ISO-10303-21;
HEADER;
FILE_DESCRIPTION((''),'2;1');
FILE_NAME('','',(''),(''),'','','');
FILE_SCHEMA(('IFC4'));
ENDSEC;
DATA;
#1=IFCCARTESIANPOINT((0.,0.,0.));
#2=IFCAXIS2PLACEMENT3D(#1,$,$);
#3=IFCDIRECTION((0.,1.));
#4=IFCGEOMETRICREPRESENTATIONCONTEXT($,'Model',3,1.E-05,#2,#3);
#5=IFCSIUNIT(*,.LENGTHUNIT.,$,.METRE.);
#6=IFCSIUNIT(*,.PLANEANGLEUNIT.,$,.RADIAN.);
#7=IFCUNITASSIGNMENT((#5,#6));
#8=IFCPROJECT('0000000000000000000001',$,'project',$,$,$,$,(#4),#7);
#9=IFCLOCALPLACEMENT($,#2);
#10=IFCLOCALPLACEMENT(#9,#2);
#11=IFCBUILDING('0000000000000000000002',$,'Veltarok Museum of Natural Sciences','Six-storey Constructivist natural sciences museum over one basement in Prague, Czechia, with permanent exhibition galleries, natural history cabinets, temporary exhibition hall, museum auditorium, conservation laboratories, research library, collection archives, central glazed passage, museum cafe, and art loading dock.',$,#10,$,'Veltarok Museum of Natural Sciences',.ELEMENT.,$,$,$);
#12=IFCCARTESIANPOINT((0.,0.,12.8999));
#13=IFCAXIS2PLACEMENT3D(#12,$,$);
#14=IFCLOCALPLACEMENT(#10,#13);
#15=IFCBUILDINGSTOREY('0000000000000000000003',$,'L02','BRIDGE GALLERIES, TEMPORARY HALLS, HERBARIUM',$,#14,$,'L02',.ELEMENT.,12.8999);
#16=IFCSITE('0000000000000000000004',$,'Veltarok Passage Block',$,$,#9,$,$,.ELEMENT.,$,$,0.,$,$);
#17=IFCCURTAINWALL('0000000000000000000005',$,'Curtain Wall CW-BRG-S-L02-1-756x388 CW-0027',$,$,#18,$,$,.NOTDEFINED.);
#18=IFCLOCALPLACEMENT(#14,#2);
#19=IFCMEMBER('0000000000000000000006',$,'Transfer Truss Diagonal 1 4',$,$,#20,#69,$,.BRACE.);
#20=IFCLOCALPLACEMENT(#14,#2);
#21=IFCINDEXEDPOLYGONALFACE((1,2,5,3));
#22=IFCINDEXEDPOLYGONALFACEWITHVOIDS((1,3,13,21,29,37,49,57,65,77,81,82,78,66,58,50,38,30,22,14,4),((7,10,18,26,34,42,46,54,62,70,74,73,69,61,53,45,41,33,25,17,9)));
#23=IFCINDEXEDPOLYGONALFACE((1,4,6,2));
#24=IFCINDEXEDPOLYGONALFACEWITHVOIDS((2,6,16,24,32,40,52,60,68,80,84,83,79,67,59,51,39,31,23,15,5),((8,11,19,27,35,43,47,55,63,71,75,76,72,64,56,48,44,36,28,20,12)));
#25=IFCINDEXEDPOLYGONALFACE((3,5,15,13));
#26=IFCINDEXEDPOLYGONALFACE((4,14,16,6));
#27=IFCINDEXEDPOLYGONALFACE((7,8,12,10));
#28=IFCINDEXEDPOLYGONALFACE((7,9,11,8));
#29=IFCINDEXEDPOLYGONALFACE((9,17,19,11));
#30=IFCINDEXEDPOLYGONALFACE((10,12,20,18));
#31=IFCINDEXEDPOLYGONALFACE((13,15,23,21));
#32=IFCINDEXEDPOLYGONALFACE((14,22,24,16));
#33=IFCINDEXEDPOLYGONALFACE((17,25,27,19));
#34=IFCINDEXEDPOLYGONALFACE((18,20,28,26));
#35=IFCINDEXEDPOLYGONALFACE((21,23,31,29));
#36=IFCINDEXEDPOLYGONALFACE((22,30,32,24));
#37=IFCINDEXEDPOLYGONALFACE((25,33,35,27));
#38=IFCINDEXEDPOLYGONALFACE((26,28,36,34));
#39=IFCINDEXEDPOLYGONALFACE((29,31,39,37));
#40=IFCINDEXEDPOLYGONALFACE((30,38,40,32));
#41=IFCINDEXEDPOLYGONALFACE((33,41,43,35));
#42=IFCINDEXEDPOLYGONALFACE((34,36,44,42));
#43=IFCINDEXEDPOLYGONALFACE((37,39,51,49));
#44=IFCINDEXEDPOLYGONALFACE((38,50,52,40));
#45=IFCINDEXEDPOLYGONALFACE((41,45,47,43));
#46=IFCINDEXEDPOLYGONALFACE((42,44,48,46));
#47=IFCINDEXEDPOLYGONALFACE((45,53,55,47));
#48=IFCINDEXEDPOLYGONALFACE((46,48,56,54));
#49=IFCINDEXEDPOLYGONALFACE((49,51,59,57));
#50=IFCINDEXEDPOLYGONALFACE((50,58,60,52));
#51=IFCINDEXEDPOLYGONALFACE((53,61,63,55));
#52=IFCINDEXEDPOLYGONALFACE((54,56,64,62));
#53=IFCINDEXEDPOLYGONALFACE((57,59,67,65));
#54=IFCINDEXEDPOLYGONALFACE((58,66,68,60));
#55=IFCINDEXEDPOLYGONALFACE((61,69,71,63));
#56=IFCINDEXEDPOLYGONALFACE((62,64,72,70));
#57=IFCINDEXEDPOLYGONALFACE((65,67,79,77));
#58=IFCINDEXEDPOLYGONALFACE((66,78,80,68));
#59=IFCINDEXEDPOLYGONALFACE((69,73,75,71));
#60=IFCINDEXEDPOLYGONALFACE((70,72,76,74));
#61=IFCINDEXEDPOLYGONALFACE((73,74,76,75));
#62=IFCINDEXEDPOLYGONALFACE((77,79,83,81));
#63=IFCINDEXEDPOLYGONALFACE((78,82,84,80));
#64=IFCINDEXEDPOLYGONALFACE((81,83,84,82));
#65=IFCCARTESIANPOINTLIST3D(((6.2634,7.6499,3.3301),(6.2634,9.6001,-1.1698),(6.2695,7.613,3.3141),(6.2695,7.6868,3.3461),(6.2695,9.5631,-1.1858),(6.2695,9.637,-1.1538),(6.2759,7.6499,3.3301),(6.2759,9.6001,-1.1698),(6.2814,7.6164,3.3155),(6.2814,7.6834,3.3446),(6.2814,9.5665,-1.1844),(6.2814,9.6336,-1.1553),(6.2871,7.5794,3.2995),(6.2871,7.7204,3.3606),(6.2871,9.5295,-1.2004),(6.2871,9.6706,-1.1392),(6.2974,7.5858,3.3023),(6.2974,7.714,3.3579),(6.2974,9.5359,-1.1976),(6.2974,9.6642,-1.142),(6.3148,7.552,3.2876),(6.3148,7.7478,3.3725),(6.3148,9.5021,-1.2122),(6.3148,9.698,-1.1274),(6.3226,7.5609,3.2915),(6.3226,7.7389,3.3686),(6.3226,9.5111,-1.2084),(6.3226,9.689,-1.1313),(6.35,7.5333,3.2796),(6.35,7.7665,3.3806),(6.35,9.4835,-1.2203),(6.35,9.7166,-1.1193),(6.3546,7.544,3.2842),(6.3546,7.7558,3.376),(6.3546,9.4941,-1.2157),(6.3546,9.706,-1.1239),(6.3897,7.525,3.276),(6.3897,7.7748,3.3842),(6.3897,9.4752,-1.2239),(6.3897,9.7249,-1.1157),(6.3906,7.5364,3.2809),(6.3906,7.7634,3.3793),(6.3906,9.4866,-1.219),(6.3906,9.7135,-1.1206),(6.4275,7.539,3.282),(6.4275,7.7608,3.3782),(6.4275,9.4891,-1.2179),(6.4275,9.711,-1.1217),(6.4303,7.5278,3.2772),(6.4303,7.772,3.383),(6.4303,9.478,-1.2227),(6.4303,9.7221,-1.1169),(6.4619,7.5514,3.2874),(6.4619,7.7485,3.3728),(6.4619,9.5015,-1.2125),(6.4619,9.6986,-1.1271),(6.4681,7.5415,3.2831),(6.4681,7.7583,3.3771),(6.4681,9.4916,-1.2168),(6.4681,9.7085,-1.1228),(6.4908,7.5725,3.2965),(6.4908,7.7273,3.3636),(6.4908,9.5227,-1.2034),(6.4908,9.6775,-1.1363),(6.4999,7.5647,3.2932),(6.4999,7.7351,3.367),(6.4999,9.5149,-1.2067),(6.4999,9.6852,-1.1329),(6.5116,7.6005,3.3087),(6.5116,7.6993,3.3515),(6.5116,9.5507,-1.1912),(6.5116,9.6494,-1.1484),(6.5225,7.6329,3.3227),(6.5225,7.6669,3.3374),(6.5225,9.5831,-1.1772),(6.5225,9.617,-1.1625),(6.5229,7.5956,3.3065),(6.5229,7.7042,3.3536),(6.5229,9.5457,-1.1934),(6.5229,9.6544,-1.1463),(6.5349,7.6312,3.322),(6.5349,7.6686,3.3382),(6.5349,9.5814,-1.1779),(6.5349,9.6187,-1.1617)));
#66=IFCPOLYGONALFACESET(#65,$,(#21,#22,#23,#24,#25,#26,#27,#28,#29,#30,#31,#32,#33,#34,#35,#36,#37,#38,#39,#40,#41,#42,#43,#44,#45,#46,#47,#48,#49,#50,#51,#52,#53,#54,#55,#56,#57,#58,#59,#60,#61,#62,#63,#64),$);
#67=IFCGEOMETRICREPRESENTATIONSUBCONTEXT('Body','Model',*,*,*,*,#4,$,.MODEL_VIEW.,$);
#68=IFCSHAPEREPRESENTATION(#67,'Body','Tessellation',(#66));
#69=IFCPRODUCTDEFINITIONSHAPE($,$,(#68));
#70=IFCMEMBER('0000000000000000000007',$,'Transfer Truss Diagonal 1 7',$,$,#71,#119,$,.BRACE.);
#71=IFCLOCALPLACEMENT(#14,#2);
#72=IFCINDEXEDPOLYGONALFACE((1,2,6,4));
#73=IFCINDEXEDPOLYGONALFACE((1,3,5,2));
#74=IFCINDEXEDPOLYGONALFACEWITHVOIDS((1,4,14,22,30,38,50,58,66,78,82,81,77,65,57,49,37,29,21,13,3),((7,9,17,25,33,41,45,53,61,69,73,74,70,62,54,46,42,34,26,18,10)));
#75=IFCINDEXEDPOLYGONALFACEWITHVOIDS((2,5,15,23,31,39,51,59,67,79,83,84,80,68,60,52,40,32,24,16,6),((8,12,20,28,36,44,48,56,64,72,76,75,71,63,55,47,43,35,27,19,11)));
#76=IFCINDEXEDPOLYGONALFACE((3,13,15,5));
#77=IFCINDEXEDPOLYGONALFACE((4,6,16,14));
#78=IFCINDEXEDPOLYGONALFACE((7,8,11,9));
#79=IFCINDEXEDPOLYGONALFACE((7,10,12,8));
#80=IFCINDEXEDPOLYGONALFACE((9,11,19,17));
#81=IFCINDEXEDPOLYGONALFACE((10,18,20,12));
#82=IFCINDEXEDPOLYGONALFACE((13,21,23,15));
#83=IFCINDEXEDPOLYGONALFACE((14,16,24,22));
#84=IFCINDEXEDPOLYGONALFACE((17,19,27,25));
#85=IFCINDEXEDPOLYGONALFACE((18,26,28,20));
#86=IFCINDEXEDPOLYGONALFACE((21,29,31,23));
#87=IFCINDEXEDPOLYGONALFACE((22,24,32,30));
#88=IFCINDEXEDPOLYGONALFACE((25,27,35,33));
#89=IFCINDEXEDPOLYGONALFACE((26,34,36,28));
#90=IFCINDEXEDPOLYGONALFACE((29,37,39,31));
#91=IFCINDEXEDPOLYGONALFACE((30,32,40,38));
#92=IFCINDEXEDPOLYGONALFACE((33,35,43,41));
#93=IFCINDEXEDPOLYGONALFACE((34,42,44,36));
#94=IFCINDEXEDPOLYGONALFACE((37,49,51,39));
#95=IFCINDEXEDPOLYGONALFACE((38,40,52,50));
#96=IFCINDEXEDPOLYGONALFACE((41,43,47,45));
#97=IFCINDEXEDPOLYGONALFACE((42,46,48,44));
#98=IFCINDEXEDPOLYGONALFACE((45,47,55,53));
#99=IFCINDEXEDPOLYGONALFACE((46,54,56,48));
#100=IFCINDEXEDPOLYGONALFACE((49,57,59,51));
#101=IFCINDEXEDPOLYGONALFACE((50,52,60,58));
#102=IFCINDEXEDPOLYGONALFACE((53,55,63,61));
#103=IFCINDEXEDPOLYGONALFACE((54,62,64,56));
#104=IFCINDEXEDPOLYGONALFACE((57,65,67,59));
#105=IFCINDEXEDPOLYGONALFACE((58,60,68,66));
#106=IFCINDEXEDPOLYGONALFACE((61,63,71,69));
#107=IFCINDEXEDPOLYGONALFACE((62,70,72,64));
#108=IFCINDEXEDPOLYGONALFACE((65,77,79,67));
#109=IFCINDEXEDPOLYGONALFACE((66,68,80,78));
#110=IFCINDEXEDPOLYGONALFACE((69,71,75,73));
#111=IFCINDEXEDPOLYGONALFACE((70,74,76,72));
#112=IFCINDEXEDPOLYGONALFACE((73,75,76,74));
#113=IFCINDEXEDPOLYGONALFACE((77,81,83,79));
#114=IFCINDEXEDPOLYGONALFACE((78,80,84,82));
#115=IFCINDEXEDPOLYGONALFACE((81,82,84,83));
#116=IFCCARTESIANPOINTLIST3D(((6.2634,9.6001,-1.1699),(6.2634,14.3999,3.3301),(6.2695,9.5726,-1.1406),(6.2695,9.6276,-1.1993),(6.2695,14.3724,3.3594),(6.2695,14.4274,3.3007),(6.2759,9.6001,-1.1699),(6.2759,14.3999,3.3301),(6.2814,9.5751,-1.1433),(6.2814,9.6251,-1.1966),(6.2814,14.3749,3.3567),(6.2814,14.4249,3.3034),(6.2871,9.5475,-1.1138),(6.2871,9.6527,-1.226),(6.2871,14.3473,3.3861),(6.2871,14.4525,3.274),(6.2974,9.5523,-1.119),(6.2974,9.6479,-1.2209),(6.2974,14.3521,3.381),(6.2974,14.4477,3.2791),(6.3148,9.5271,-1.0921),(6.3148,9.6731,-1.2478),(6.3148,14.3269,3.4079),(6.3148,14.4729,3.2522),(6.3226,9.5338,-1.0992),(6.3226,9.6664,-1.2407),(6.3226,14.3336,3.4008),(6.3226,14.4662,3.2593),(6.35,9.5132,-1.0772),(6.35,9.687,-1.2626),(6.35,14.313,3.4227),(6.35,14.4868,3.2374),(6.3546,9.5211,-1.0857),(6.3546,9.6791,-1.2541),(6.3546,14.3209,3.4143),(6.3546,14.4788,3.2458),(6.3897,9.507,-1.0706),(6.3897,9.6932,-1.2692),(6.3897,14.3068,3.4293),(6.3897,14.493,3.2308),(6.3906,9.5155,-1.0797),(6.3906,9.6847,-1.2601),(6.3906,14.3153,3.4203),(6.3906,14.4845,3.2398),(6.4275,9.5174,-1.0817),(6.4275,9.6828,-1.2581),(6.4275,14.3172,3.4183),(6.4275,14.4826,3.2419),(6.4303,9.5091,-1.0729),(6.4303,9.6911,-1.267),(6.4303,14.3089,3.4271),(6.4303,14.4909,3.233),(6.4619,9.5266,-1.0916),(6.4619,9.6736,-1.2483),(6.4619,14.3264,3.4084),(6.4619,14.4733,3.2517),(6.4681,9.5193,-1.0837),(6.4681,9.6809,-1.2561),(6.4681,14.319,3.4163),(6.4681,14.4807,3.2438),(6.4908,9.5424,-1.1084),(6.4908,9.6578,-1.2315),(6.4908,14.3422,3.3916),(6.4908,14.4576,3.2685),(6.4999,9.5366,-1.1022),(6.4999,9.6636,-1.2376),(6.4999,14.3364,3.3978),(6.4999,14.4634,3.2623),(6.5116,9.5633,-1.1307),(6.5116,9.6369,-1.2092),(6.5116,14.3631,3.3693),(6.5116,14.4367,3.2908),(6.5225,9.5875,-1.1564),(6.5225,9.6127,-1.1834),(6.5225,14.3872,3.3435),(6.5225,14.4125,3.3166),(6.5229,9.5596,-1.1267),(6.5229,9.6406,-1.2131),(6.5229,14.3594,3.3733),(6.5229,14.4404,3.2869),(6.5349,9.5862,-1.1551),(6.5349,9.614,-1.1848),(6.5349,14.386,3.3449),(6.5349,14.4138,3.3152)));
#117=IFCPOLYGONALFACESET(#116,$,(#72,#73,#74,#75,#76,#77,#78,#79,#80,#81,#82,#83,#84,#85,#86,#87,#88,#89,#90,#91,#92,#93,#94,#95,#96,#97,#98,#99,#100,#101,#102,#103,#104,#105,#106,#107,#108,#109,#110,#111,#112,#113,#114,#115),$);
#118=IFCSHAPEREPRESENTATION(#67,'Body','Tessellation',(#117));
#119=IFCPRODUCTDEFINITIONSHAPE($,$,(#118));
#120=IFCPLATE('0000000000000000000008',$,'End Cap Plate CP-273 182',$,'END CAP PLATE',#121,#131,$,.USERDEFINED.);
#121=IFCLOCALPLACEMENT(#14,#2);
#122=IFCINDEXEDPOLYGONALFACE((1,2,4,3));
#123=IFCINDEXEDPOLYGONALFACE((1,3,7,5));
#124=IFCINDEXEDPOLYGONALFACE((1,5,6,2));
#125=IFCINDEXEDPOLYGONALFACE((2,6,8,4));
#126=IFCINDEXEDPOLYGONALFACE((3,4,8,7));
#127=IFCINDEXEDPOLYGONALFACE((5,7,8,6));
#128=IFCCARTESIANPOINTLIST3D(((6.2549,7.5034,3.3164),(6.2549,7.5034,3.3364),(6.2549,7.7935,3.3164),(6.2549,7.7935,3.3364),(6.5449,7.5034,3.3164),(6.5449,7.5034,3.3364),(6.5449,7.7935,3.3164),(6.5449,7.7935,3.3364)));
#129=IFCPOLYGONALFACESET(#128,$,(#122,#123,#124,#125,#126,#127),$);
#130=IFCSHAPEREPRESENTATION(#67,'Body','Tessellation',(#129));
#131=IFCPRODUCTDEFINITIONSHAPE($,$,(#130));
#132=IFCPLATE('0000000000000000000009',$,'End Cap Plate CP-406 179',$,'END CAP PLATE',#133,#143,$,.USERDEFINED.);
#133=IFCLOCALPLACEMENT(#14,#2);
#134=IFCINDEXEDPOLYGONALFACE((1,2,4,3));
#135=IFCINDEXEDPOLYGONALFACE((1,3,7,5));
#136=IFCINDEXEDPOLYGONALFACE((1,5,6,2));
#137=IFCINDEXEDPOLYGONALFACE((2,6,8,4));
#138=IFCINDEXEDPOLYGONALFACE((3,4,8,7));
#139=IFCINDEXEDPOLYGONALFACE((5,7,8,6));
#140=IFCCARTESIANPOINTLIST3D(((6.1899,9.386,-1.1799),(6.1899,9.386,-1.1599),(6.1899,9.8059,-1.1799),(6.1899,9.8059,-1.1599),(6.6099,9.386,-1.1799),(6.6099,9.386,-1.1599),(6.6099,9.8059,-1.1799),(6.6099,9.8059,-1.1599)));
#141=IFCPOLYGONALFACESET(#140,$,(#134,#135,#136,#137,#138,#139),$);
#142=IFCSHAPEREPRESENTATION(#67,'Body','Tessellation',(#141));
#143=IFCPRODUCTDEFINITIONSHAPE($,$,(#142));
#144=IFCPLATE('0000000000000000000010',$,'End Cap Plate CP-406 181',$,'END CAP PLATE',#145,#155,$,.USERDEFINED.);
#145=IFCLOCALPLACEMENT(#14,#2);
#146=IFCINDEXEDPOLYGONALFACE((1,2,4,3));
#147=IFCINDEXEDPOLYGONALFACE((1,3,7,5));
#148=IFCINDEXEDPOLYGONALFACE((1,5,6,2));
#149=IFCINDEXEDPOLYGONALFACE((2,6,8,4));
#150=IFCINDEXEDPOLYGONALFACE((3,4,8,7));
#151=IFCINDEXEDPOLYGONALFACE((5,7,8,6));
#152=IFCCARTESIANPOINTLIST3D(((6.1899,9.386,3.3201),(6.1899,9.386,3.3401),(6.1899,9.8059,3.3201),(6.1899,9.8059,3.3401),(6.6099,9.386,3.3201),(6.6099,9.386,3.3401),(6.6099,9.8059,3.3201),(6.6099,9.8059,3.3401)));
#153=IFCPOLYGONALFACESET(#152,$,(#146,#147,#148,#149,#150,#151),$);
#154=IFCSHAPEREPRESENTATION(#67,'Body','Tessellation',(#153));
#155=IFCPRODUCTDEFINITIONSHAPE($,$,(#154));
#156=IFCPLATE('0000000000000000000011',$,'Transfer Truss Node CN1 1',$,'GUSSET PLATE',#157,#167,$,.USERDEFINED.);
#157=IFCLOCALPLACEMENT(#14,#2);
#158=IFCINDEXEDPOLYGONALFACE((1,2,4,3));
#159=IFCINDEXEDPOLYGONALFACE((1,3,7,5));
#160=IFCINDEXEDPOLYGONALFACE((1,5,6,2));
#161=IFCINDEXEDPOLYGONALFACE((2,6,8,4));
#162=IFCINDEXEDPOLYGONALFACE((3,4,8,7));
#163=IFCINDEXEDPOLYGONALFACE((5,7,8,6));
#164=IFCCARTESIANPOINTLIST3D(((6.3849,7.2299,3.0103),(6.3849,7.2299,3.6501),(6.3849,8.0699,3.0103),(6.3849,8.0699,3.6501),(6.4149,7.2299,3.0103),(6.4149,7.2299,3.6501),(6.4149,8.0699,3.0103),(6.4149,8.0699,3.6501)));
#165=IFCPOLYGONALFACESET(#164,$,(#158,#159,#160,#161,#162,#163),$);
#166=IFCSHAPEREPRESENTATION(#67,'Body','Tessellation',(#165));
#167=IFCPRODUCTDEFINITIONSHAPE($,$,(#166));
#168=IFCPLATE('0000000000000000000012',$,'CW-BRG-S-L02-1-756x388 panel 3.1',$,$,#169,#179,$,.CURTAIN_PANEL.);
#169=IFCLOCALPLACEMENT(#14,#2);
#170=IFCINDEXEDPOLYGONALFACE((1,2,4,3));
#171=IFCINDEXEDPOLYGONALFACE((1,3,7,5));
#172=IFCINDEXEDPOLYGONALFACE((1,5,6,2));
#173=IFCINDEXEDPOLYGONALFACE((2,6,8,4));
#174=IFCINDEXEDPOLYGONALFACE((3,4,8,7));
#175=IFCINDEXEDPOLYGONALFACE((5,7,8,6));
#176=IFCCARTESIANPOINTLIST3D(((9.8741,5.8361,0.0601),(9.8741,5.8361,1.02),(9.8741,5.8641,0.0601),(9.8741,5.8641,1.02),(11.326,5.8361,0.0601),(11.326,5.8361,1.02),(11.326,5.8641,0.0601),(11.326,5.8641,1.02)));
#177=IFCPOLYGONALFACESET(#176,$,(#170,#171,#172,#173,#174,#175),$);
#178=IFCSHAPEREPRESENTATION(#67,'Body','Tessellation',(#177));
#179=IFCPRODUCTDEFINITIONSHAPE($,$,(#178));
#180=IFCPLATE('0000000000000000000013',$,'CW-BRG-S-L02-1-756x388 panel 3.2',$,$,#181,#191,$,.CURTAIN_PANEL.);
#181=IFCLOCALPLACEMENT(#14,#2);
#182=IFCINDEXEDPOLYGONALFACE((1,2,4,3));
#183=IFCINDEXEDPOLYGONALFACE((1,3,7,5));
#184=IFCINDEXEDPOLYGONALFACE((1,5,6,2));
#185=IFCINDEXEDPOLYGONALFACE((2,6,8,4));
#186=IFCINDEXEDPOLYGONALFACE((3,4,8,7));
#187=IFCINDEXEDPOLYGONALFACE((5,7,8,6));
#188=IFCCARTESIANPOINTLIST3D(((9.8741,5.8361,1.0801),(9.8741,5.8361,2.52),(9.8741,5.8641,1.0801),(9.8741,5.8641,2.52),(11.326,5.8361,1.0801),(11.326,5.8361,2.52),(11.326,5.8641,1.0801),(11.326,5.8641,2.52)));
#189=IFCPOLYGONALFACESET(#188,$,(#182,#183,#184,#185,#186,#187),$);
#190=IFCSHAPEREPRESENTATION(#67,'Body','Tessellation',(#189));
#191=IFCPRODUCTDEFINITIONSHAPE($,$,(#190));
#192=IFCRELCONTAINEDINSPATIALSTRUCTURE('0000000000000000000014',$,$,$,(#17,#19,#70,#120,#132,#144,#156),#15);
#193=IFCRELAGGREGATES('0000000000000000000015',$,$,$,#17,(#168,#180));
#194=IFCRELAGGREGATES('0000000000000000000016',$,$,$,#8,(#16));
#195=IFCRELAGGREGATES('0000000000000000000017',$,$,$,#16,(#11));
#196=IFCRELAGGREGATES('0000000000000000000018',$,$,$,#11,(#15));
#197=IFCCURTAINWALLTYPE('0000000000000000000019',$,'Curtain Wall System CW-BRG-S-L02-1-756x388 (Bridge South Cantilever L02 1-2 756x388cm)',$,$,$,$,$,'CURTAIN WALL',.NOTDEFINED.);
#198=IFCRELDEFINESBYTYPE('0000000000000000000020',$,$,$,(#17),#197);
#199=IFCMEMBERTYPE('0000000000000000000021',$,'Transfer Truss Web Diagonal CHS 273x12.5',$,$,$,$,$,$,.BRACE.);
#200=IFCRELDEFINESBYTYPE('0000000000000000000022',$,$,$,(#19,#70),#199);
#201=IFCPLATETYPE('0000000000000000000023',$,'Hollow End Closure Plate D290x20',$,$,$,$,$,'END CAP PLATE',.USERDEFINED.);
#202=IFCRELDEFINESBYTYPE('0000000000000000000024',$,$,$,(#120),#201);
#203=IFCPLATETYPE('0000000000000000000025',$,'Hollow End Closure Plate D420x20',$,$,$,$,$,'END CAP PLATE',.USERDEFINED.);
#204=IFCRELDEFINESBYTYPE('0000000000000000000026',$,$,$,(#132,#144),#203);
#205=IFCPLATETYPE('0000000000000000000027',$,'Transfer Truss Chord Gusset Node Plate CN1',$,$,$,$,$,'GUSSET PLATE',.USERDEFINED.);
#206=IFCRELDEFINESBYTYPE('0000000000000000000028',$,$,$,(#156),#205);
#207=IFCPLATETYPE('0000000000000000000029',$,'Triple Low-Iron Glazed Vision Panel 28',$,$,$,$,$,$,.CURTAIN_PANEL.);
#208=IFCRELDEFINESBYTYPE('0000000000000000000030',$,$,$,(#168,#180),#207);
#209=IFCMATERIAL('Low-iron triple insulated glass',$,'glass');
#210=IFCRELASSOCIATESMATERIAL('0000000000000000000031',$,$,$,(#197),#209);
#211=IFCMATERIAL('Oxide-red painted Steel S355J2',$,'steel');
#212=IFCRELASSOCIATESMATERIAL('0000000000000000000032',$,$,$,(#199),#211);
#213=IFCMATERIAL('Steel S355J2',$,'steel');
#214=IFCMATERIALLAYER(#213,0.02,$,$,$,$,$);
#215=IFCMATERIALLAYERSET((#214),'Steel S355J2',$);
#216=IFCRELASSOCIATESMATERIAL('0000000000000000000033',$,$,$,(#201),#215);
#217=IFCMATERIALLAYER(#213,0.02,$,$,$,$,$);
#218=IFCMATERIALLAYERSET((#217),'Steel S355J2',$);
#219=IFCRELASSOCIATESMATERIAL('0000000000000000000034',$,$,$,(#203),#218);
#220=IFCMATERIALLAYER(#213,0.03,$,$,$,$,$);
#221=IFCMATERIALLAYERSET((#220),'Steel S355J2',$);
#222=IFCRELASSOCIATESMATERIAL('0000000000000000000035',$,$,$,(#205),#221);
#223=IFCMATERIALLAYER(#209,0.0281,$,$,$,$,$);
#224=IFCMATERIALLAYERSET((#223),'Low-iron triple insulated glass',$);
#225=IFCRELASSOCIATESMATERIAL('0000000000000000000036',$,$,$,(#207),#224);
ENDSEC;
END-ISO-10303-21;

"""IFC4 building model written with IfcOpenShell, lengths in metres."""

from ifc_helpers import new_model, si_unit, direction, frame, origin, origin_2d, place, context, subcontext, project, spatial, rectangle, hollow_circle, extrude, material, layer, layer_set, material_profile, profile_set, type_object, element, aggregate, save


model = new_model("IFC4")

# Units and contexts
model_context = context("Model", 3, precision=1e-05, world=origin(), true_north=direction((0.0, 1.0)))
body_context = subcontext(model_context, "Body", "Model", "MODEL_VIEW")
ifc_project = project(units=[si_unit("LENGTHUNIT", "METRE"), si_unit("PLANEANGLEUNIT", "RADIAN")], contexts=[model_context])

# Site, building, storey
site_placement = place(None, origin())
site = spatial("IfcSite", under=ifc_project, at=site_placement, Name="Veltarok Passage Block", CompositionType="ELEMENT", RefElevation=0.0)
building_placement = place(site_placement, origin())
building = spatial("IfcBuilding", under=site, at=building_placement, Name="Veltarok Museum of Natural Sciences", Description="Six-storey Constructivist natural sciences museum over one basement in Prague, Czechia, with permanent exhibition galleries, natural history cabinets, temporary exhibition hall, museum auditorium, conservation laboratories, research library, collection archives, central glazed passage, museum cafe, and art loading dock.", LongName="Veltarok Museum of Natural Sciences", CompositionType="ELEMENT")
storey_placement = place(building_placement, frame((0.0, 0.0, 12.8999)))
storey = spatial("IfcBuildingStorey", under=building, at=storey_placement, Name="L02", Description="BRIDGE GALLERIES, TEMPORARY HALLS, HERBARIUM", LongName="L02", CompositionType="ELEMENT", Elevation=12.8999)

# Shared definitions
ifc_material_1 = material(Name="Steel S355J2", Category="steel")

# Curtain wall
ifc_material_2 = material(Name="Low-iron triple insulated glass", Category="glass")
curtain_wall_type = type_object("IfcCurtainWallType", Name="Curtain Wall System CW-BRG-S-L02-1-756x388 (Bridge South Cantilever L02 1-2 756x388cm)", ElementType="CURTAIN WALL", PredefinedType="NOTDEFINED", material=ifc_material_2)
curtain_wall_placement = place(storey_placement, origin())
curtain_wall = element("IfcCurtainWall", 1, at=curtain_wall_placement, inside=storey, type_object=curtain_wall_type, Name="Curtain Wall CW-BRG-S-L02-1-756x388 CW-0027", PredefinedType="NOTDEFINED")

# Shared definitions
ifc_material_3 = material(Name="Oxide-red painted Steel S355J2", Category="steel")

# Members
ifc_material_profile_1 = material_profile(ifc_material_3, hollow_circle(Radius=0.1365, WallThickness=0.0125, at=origin_2d()), Name="CHS 273x12.5")
ifc_profile_set_1 = profile_set([ifc_material_profile_1], Name="Oxide-red painted Steel S355J2")
member_type_1 = type_object("IfcMemberType", Name="Transfer Truss Web Diagonal CHS 273x12.5", PredefinedType="BRACE", material=ifc_profile_set_1)
member_1_placement = place(storey_placement, frame((6.3999, 7.6499, 3.3301), z_axis=(0.0, 0.397641, -0.917541), x_axis=(-1.0, 0.0, 0.0)))
element("IfcMember", 2, at=member_1_placement, inside=storey, type_object=member_type_1, Name="Transfer Truss Diagonal 1 4", PredefinedType="BRACE", context=body_context, shape_type="SweptSolid", body=[
    extrude(hollow_circle(Radius=0.1365, WallThickness=0.0125, at=origin_2d()), origin(), (0.0, 0.0, 1.0), 4.9043),
])
member_2_placement = place(storey_placement, frame((6.3999, 9.6001, -1.1699), z_axis=(0.0, 0.729523, 0.683956), x_axis=(-1.0, 0.0, 0.0)))
element("IfcMember", 3, at=member_2_placement, inside=storey, type_object=member_type_1, Name="Transfer Truss Diagonal 1 7", PredefinedType="BRACE", context=body_context, shape_type="SweptSolid", body=[
    extrude(hollow_circle(Radius=0.1365, WallThickness=0.0125, at=origin_2d()), origin(), (0.0, 0.0, 1.0), 6.5793),
])

# Plates
ifc_layer_1 = layer(ifc_material_1, 0.02)
ifc_layer_set_1 = layer_set([ifc_layer_1], Name="Steel S355J2")
plate_type_1 = type_object("IfcPlateType", Name="Hollow End Closure Plate D290x20", ElementType="END CAP PLATE", PredefinedType="USERDEFINED", material=ifc_layer_set_1)
plate_1_placement = place(storey_placement, frame((6.3999, 7.6484, 3.3164), z_axis=(0.0, 0.0, 1.0), x_axis=(0.0, 1.0, 0.0)))
element("IfcPlate", 4, at=plate_1_placement, inside=storey, type_object=plate_type_1, Name="End Cap Plate CP-273 182", ObjectType="END CAP PLATE", PredefinedType="USERDEFINED", context=body_context, shape_type="SweptSolid", body=[
    extrude(rectangle(XDim=0.29, YDim=0.29, at=origin_2d()), origin(), (0.0, 0.0, 1.0), 0.02),
])
ifc_layer_2 = layer(ifc_material_1, 0.02)
ifc_layer_set_2 = layer_set([ifc_layer_2], Name="Steel S355J2")
plate_type_2 = type_object("IfcPlateType", Name="Hollow End Closure Plate D420x20", ElementType="END CAP PLATE", PredefinedType="USERDEFINED", material=ifc_layer_set_2)
for number, where, z_axis, x_axis, name in (
    (5, (6.3999, 9.5959, -1.1799), (0.0, 0.0, 1.0), (0.0, 1.0, 0.0), "End Cap Plate CP-406 179"),
    (6, (6.3999, 9.5959, 3.3201), (0.0, 0.0, 1.0), (0.0, 1.0, 0.0), "End Cap Plate CP-406 181"),
):
    element("IfcPlate", number, at=place(storey_placement, frame(where, z_axis=z_axis, x_axis=x_axis)), inside=storey, type_object=plate_type_2, Name=name, ObjectType="END CAP PLATE", PredefinedType="USERDEFINED", context=body_context, shape_type="SweptSolid", body=[
        extrude(rectangle(XDim=0.4199, YDim=0.4199, at=origin_2d()), origin(), (0.0, 0.0, 1.0), 0.02),
    ])
ifc_layer_3 = layer(ifc_material_1, 0.03)
ifc_layer_set_3 = layer_set([ifc_layer_3], Name="Steel S355J2")
plate_type_3 = type_object("IfcPlateType", Name="Transfer Truss Chord Gusset Node Plate CN1", ElementType="GUSSET PLATE", PredefinedType="USERDEFINED", material=ifc_layer_set_3)
plate_2_placement = place(storey_placement, frame((6.3999, 7.6499, 3.0103), z_axis=(0.0, 0.0, 1.0), x_axis=(1.0, 0.0, 0.0)))
element("IfcPlate", 7, at=plate_2_placement, inside=storey, type_object=plate_type_3, Name="Transfer Truss Node CN1 1", ObjectType="GUSSET PLATE", PredefinedType="USERDEFINED", context=body_context, shape_type="SweptSolid", body=[
    extrude(rectangle(XDim=0.03, YDim=0.8401, at=origin_2d()), origin(), (0.0, 0.0, 1.0), 0.6399),
])

# Plates
ifc_layer_4 = layer(ifc_material_2, 0.0281)
ifc_layer_set_4 = layer_set([ifc_layer_4], Name="Low-iron triple insulated glass")
plate_type_4 = type_object("IfcPlateType", Name="Triple Low-Iron Glazed Vision Panel 28", PredefinedType="CURTAIN_PANEL", material=ifc_layer_set_4)
plate_3_placement = place(storey_placement, frame((10.6001, 5.8501, 0.0601), z_axis=(0.0, 0.0, 1.0), x_axis=(1.0, 0.0, 0.0)))
plate_3 = element("IfcPlate", 8, at=plate_3_placement, type_object=plate_type_4, Name="CW-BRG-S-L02-1-756x388 panel 3.1", PredefinedType="CURTAIN_PANEL", context=body_context, shape_type="SweptSolid", body=[
    extrude(rectangle(XDim=1.4519, YDim=0.0281, at=origin_2d()), origin(), (0.0, 0.0, 1.0), 0.96),
])
plate_4_placement = place(storey_placement, frame((10.6001, 5.8501, 1.0801), z_axis=(0.0, 0.0, 1.0), x_axis=(1.0, 0.0, 0.0)))
plate_4 = element("IfcPlate", 9, at=plate_4_placement, type_object=plate_type_4, Name="CW-BRG-S-L02-1-756x388 panel 3.2", PredefinedType="CURTAIN_PANEL", context=body_context, shape_type="SweptSolid", body=[
    extrude(rectangle(XDim=1.4519, YDim=0.0281, at=origin_2d()), origin(), (0.0, 0.0, 1.0), 1.4399),
])
aggregate(curtain_wall, [plate_3, plate_4])

save(model, "model.ifc")
